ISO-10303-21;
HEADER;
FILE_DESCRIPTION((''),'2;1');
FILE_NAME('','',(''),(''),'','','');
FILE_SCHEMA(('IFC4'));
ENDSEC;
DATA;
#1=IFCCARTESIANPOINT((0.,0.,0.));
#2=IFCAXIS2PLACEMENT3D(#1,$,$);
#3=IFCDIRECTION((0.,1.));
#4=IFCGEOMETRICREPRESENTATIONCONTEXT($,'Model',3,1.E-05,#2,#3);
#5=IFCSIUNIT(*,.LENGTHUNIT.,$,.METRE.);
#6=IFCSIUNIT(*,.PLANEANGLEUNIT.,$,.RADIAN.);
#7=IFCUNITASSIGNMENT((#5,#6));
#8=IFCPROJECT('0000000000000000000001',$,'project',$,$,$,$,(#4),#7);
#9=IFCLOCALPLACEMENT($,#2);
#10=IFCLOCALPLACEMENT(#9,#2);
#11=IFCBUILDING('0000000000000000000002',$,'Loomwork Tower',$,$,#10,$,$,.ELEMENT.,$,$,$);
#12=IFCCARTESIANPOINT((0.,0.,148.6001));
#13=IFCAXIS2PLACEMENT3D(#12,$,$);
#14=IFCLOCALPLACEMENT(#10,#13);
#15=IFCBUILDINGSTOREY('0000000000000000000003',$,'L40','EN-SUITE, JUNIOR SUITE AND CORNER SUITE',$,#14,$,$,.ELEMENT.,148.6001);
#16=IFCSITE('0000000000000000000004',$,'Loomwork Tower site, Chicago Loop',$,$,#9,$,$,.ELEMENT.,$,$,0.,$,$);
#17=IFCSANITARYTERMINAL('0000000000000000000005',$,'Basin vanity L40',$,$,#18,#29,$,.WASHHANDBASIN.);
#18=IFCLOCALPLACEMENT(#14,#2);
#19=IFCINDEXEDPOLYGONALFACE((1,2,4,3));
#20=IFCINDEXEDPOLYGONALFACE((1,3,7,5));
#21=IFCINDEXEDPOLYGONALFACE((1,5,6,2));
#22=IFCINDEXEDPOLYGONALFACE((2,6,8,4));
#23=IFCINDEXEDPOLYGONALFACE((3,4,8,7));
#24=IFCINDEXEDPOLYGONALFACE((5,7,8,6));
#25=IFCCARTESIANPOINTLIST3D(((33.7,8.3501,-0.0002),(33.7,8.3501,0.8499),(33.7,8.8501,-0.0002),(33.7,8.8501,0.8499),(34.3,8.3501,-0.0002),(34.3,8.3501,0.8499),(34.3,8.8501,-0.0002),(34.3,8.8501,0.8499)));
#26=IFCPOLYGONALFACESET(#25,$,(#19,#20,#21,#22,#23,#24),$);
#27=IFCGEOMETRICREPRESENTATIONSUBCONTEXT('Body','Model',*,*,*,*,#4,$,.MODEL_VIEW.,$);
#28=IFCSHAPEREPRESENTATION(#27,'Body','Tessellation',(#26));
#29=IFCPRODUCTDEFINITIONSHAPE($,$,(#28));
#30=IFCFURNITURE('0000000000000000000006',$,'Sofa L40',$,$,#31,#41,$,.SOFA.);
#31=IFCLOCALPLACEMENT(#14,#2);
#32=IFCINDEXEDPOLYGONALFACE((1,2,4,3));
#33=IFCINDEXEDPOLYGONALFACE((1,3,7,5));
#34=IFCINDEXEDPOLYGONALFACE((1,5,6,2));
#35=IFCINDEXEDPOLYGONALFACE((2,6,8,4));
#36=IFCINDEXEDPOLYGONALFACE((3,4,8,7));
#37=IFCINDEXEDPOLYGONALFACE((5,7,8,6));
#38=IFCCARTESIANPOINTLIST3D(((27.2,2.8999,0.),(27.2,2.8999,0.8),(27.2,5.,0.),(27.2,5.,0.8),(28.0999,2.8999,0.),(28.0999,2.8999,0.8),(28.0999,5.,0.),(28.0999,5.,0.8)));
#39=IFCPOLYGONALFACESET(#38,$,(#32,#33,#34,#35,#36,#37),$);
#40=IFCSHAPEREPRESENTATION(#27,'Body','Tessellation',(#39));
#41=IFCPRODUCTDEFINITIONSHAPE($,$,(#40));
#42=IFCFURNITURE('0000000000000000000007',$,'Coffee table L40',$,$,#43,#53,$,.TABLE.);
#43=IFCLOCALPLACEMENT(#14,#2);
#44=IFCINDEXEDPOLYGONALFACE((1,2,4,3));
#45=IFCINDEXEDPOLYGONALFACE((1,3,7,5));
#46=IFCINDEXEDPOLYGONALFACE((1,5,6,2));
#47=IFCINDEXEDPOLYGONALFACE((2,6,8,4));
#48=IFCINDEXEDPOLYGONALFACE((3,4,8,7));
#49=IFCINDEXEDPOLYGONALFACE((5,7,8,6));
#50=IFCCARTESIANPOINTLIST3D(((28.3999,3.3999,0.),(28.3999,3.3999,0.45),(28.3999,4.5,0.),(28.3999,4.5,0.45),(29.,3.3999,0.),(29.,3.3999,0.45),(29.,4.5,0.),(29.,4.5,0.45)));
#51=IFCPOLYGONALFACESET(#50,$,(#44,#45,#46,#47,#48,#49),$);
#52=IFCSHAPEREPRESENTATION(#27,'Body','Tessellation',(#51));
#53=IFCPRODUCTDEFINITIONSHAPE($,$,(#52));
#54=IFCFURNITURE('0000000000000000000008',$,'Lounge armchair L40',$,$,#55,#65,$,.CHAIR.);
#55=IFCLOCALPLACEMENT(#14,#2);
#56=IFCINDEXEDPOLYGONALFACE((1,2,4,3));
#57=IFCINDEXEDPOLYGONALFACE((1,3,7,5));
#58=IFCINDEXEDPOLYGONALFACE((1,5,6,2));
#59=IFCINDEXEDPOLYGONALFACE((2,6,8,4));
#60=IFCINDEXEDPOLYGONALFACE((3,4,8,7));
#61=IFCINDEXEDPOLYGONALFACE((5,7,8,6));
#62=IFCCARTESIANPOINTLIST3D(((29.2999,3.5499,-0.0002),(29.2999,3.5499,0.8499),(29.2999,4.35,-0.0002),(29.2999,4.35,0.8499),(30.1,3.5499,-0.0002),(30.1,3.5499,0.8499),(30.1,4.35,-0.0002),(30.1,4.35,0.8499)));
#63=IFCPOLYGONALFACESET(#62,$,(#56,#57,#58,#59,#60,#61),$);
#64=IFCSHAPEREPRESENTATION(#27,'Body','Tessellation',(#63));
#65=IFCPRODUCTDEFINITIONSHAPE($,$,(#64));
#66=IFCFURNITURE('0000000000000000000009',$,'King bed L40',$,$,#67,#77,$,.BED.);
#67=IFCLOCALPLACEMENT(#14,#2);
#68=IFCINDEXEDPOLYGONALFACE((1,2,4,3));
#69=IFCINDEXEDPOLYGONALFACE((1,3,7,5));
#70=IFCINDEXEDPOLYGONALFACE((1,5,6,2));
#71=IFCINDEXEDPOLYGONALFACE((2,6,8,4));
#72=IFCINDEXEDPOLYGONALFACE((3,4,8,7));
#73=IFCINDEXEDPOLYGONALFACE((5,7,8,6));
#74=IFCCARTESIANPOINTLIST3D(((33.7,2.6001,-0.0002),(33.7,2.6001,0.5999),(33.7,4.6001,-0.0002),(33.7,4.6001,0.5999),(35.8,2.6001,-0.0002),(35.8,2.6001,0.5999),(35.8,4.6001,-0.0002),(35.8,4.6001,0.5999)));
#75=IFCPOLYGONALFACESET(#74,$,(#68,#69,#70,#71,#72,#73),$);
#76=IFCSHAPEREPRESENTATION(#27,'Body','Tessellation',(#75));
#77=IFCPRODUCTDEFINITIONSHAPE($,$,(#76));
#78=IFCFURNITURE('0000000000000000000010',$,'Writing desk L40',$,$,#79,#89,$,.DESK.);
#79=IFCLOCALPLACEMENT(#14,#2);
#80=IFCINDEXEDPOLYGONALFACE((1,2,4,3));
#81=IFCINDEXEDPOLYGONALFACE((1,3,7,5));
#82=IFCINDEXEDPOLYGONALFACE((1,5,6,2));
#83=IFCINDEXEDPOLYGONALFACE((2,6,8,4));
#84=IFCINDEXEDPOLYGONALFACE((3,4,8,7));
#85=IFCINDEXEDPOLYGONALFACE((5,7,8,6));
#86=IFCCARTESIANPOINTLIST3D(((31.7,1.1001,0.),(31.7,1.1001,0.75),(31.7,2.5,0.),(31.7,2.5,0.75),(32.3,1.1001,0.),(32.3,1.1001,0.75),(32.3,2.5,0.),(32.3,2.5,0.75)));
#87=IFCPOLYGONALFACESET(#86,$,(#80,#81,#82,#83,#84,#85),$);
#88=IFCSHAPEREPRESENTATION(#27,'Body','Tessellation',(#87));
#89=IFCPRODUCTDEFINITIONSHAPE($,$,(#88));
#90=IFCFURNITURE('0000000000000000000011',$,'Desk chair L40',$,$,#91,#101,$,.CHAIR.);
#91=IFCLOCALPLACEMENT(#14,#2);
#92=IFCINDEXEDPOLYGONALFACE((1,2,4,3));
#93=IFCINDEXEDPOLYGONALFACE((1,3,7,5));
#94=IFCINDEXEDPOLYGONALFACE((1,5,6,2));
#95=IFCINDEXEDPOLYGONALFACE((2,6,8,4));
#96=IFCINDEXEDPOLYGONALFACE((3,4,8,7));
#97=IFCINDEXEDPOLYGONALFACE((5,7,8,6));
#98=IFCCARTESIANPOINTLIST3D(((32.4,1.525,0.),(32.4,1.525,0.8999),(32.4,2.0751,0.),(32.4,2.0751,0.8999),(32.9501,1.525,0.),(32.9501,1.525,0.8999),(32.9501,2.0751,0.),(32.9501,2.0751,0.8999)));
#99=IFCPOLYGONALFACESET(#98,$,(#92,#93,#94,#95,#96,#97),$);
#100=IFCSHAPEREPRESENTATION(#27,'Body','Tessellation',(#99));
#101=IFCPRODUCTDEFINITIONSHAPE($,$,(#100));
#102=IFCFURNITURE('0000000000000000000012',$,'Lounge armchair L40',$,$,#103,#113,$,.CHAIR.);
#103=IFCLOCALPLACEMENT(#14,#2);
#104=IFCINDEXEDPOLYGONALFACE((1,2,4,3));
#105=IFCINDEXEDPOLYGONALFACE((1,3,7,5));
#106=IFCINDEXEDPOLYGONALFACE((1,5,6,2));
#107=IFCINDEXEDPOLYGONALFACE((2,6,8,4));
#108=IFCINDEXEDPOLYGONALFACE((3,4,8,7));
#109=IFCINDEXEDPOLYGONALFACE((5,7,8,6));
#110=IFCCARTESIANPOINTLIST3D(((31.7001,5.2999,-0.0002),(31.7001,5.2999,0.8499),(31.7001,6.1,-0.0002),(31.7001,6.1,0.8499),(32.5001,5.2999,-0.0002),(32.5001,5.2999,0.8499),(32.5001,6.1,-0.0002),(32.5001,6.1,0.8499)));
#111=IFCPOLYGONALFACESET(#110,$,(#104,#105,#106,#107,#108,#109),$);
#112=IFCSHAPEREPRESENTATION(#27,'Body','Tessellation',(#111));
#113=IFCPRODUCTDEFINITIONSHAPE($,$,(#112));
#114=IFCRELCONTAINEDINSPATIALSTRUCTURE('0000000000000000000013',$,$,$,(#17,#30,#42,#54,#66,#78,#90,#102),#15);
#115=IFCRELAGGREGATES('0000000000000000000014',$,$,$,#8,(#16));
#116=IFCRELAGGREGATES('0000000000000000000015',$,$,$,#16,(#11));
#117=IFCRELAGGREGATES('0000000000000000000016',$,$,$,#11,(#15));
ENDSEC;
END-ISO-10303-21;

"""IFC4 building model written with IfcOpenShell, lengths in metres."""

from ifc_helpers import new_model, si_unit, direction, frame, origin, origin_2d, place, context, subcontext, project, spatial, rectangle, extrude, element, save


model = new_model("IFC4")

# Units and contexts
model_context = context("Model", 3, precision=1e-05, world=origin(), true_north=direction((0.0, 1.0)))
body_context = subcontext(model_context, "Body", "Model", "MODEL_VIEW")
ifc_project = project(units=[si_unit("LENGTHUNIT", "METRE"), si_unit("PLANEANGLEUNIT", "RADIAN")], contexts=[model_context])

# Site, building, storey
site_placement = place(None, origin())
site = spatial("IfcSite", under=ifc_project, at=site_placement, Name="Loomwork Tower site, Chicago Loop", CompositionType="ELEMENT", RefElevation=0.0)
building_placement = place(site_placement, origin())
building = spatial("IfcBuilding", under=site, at=building_placement, Name="Loomwork Tower", CompositionType="ELEMENT")
storey_placement = place(building_placement, frame((0.0, 0.0, 148.6001)))
storey = spatial("IfcBuildingStorey", under=building, at=storey_placement, Name="L40", Description="EN-SUITE, JUNIOR SUITE AND CORNER SUITE", CompositionType="ELEMENT", Elevation=148.6001)

# Sanitary terminal
sanitary_terminal_1_placement = place(storey_placement, frame((34.0, 8.6001, -0.0002), z_axis=(0.0, 0.0, 1.0), x_axis=(1.0, 0.0, 0.0)))
element("IfcSanitaryTerminal", 1, at=sanitary_terminal_1_placement, inside=storey, Name="Basin vanity L40", PredefinedType="WASHHANDBASIN", context=body_context, shape_type="SweptSolid", body=[
    extrude(rectangle(XDim=0.6001, YDim=0.5, at=origin_2d()), origin(), (0.0, 0.0, 1.0), 0.8501),
])

# Furniture
furniture_1_placement = place(storey_placement, frame((27.6499, 3.95, 0.0), z_axis=(0.0, 0.0, 1.0), x_axis=(1.0, 0.0, 0.0)))
element("IfcFurniture", 2, at=furniture_1_placement, inside=storey, Name="Sofa L40", PredefinedType="SOFA", context=body_context, shape_type="SweptSolid", body=[
    extrude(rectangle(XDim=0.8999, YDim=2.1001, at=origin_2d()), origin(), (0.0, 0.0, 1.0), 0.8),
])
furniture_2_placement = place(storey_placement, frame((28.7, 3.95, 0.0), z_axis=(0.0, 0.0, 1.0), x_axis=(1.0, 0.0, 0.0)))
element("IfcFurniture", 3, at=furniture_2_placement, inside=storey, Name="Coffee table L40", PredefinedType="TABLE", context=body_context, shape_type="SweptSolid", body=[
    extrude(rectangle(XDim=0.6001, YDim=1.1001, at=origin_2d()), origin(), (0.0, 0.0, 1.0), 0.45),
])
furniture_3_placement = place(storey_placement, frame((29.7, 3.95, -0.0002), z_axis=(0.0, 0.0, 1.0), x_axis=(1.0, 0.0, 0.0)))
element("IfcFurniture", 4, at=furniture_3_placement, inside=storey, Name="Lounge armchair L40", PredefinedType="CHAIR", context=body_context, shape_type="SweptSolid", body=[
    extrude(rectangle(XDim=0.8, YDim=0.8, at=origin_2d()), origin(), (0.0, 0.0, 1.0), 0.8501),
])
furniture_4_placement = place(storey_placement, frame((34.75, 3.6001, -0.0002), z_axis=(0.0, 0.0, 1.0), x_axis=(1.0, 0.0, 0.0)))
element("IfcFurniture", 5, at=furniture_4_placement, inside=storey, Name="King bed L40", PredefinedType="BED", context=body_context, shape_type="SweptSolid", body=[
    extrude(rectangle(XDim=2.1001, YDim=2.0, at=origin_2d()), origin(), (0.0, 0.0, 1.0), 0.6001),
])
furniture_5_placement = place(storey_placement, frame((32.0, 1.8, 0.0), z_axis=(0.0, 0.0, 1.0), x_axis=(1.0, 0.0, 0.0)))
element("IfcFurniture", 6, at=furniture_5_placement, inside=storey, Name="Writing desk L40", PredefinedType="DESK", context=body_context, shape_type="SweptSolid", body=[
    extrude(rectangle(XDim=0.6001, YDim=1.3999, at=origin_2d()), origin(), (0.0, 0.0, 1.0), 0.75),
])
furniture_6_placement = place(storey_placement, frame((32.675, 1.8, 0.0), z_axis=(0.0, 0.0, 1.0), x_axis=(1.0, 0.0, 0.0)))
element("IfcFurniture", 7, at=furniture_6_placement, inside=storey, Name="Desk chair L40", PredefinedType="CHAIR", context=body_context, shape_type="SweptSolid", body=[
    extrude(rectangle(XDim=0.55, YDim=0.55, at=origin_2d()), origin(), (0.0, 0.0, 1.0), 0.8999),
])
furniture_7_placement = place(storey_placement, frame((32.1001, 5.7, -0.0002), z_axis=(0.0, 0.0, 1.0), x_axis=(1.0, 0.0, 0.0)))
element("IfcFurniture", 8, at=furniture_7_placement, inside=storey, Name="Lounge armchair L40", PredefinedType="CHAIR", context=body_context, shape_type="SweptSolid", body=[
    extrude(rectangle(XDim=0.8, YDim=0.8, at=origin_2d()), origin(), (0.0, 0.0, 1.0), 0.8501),
])

save(model, "model.ifc")
